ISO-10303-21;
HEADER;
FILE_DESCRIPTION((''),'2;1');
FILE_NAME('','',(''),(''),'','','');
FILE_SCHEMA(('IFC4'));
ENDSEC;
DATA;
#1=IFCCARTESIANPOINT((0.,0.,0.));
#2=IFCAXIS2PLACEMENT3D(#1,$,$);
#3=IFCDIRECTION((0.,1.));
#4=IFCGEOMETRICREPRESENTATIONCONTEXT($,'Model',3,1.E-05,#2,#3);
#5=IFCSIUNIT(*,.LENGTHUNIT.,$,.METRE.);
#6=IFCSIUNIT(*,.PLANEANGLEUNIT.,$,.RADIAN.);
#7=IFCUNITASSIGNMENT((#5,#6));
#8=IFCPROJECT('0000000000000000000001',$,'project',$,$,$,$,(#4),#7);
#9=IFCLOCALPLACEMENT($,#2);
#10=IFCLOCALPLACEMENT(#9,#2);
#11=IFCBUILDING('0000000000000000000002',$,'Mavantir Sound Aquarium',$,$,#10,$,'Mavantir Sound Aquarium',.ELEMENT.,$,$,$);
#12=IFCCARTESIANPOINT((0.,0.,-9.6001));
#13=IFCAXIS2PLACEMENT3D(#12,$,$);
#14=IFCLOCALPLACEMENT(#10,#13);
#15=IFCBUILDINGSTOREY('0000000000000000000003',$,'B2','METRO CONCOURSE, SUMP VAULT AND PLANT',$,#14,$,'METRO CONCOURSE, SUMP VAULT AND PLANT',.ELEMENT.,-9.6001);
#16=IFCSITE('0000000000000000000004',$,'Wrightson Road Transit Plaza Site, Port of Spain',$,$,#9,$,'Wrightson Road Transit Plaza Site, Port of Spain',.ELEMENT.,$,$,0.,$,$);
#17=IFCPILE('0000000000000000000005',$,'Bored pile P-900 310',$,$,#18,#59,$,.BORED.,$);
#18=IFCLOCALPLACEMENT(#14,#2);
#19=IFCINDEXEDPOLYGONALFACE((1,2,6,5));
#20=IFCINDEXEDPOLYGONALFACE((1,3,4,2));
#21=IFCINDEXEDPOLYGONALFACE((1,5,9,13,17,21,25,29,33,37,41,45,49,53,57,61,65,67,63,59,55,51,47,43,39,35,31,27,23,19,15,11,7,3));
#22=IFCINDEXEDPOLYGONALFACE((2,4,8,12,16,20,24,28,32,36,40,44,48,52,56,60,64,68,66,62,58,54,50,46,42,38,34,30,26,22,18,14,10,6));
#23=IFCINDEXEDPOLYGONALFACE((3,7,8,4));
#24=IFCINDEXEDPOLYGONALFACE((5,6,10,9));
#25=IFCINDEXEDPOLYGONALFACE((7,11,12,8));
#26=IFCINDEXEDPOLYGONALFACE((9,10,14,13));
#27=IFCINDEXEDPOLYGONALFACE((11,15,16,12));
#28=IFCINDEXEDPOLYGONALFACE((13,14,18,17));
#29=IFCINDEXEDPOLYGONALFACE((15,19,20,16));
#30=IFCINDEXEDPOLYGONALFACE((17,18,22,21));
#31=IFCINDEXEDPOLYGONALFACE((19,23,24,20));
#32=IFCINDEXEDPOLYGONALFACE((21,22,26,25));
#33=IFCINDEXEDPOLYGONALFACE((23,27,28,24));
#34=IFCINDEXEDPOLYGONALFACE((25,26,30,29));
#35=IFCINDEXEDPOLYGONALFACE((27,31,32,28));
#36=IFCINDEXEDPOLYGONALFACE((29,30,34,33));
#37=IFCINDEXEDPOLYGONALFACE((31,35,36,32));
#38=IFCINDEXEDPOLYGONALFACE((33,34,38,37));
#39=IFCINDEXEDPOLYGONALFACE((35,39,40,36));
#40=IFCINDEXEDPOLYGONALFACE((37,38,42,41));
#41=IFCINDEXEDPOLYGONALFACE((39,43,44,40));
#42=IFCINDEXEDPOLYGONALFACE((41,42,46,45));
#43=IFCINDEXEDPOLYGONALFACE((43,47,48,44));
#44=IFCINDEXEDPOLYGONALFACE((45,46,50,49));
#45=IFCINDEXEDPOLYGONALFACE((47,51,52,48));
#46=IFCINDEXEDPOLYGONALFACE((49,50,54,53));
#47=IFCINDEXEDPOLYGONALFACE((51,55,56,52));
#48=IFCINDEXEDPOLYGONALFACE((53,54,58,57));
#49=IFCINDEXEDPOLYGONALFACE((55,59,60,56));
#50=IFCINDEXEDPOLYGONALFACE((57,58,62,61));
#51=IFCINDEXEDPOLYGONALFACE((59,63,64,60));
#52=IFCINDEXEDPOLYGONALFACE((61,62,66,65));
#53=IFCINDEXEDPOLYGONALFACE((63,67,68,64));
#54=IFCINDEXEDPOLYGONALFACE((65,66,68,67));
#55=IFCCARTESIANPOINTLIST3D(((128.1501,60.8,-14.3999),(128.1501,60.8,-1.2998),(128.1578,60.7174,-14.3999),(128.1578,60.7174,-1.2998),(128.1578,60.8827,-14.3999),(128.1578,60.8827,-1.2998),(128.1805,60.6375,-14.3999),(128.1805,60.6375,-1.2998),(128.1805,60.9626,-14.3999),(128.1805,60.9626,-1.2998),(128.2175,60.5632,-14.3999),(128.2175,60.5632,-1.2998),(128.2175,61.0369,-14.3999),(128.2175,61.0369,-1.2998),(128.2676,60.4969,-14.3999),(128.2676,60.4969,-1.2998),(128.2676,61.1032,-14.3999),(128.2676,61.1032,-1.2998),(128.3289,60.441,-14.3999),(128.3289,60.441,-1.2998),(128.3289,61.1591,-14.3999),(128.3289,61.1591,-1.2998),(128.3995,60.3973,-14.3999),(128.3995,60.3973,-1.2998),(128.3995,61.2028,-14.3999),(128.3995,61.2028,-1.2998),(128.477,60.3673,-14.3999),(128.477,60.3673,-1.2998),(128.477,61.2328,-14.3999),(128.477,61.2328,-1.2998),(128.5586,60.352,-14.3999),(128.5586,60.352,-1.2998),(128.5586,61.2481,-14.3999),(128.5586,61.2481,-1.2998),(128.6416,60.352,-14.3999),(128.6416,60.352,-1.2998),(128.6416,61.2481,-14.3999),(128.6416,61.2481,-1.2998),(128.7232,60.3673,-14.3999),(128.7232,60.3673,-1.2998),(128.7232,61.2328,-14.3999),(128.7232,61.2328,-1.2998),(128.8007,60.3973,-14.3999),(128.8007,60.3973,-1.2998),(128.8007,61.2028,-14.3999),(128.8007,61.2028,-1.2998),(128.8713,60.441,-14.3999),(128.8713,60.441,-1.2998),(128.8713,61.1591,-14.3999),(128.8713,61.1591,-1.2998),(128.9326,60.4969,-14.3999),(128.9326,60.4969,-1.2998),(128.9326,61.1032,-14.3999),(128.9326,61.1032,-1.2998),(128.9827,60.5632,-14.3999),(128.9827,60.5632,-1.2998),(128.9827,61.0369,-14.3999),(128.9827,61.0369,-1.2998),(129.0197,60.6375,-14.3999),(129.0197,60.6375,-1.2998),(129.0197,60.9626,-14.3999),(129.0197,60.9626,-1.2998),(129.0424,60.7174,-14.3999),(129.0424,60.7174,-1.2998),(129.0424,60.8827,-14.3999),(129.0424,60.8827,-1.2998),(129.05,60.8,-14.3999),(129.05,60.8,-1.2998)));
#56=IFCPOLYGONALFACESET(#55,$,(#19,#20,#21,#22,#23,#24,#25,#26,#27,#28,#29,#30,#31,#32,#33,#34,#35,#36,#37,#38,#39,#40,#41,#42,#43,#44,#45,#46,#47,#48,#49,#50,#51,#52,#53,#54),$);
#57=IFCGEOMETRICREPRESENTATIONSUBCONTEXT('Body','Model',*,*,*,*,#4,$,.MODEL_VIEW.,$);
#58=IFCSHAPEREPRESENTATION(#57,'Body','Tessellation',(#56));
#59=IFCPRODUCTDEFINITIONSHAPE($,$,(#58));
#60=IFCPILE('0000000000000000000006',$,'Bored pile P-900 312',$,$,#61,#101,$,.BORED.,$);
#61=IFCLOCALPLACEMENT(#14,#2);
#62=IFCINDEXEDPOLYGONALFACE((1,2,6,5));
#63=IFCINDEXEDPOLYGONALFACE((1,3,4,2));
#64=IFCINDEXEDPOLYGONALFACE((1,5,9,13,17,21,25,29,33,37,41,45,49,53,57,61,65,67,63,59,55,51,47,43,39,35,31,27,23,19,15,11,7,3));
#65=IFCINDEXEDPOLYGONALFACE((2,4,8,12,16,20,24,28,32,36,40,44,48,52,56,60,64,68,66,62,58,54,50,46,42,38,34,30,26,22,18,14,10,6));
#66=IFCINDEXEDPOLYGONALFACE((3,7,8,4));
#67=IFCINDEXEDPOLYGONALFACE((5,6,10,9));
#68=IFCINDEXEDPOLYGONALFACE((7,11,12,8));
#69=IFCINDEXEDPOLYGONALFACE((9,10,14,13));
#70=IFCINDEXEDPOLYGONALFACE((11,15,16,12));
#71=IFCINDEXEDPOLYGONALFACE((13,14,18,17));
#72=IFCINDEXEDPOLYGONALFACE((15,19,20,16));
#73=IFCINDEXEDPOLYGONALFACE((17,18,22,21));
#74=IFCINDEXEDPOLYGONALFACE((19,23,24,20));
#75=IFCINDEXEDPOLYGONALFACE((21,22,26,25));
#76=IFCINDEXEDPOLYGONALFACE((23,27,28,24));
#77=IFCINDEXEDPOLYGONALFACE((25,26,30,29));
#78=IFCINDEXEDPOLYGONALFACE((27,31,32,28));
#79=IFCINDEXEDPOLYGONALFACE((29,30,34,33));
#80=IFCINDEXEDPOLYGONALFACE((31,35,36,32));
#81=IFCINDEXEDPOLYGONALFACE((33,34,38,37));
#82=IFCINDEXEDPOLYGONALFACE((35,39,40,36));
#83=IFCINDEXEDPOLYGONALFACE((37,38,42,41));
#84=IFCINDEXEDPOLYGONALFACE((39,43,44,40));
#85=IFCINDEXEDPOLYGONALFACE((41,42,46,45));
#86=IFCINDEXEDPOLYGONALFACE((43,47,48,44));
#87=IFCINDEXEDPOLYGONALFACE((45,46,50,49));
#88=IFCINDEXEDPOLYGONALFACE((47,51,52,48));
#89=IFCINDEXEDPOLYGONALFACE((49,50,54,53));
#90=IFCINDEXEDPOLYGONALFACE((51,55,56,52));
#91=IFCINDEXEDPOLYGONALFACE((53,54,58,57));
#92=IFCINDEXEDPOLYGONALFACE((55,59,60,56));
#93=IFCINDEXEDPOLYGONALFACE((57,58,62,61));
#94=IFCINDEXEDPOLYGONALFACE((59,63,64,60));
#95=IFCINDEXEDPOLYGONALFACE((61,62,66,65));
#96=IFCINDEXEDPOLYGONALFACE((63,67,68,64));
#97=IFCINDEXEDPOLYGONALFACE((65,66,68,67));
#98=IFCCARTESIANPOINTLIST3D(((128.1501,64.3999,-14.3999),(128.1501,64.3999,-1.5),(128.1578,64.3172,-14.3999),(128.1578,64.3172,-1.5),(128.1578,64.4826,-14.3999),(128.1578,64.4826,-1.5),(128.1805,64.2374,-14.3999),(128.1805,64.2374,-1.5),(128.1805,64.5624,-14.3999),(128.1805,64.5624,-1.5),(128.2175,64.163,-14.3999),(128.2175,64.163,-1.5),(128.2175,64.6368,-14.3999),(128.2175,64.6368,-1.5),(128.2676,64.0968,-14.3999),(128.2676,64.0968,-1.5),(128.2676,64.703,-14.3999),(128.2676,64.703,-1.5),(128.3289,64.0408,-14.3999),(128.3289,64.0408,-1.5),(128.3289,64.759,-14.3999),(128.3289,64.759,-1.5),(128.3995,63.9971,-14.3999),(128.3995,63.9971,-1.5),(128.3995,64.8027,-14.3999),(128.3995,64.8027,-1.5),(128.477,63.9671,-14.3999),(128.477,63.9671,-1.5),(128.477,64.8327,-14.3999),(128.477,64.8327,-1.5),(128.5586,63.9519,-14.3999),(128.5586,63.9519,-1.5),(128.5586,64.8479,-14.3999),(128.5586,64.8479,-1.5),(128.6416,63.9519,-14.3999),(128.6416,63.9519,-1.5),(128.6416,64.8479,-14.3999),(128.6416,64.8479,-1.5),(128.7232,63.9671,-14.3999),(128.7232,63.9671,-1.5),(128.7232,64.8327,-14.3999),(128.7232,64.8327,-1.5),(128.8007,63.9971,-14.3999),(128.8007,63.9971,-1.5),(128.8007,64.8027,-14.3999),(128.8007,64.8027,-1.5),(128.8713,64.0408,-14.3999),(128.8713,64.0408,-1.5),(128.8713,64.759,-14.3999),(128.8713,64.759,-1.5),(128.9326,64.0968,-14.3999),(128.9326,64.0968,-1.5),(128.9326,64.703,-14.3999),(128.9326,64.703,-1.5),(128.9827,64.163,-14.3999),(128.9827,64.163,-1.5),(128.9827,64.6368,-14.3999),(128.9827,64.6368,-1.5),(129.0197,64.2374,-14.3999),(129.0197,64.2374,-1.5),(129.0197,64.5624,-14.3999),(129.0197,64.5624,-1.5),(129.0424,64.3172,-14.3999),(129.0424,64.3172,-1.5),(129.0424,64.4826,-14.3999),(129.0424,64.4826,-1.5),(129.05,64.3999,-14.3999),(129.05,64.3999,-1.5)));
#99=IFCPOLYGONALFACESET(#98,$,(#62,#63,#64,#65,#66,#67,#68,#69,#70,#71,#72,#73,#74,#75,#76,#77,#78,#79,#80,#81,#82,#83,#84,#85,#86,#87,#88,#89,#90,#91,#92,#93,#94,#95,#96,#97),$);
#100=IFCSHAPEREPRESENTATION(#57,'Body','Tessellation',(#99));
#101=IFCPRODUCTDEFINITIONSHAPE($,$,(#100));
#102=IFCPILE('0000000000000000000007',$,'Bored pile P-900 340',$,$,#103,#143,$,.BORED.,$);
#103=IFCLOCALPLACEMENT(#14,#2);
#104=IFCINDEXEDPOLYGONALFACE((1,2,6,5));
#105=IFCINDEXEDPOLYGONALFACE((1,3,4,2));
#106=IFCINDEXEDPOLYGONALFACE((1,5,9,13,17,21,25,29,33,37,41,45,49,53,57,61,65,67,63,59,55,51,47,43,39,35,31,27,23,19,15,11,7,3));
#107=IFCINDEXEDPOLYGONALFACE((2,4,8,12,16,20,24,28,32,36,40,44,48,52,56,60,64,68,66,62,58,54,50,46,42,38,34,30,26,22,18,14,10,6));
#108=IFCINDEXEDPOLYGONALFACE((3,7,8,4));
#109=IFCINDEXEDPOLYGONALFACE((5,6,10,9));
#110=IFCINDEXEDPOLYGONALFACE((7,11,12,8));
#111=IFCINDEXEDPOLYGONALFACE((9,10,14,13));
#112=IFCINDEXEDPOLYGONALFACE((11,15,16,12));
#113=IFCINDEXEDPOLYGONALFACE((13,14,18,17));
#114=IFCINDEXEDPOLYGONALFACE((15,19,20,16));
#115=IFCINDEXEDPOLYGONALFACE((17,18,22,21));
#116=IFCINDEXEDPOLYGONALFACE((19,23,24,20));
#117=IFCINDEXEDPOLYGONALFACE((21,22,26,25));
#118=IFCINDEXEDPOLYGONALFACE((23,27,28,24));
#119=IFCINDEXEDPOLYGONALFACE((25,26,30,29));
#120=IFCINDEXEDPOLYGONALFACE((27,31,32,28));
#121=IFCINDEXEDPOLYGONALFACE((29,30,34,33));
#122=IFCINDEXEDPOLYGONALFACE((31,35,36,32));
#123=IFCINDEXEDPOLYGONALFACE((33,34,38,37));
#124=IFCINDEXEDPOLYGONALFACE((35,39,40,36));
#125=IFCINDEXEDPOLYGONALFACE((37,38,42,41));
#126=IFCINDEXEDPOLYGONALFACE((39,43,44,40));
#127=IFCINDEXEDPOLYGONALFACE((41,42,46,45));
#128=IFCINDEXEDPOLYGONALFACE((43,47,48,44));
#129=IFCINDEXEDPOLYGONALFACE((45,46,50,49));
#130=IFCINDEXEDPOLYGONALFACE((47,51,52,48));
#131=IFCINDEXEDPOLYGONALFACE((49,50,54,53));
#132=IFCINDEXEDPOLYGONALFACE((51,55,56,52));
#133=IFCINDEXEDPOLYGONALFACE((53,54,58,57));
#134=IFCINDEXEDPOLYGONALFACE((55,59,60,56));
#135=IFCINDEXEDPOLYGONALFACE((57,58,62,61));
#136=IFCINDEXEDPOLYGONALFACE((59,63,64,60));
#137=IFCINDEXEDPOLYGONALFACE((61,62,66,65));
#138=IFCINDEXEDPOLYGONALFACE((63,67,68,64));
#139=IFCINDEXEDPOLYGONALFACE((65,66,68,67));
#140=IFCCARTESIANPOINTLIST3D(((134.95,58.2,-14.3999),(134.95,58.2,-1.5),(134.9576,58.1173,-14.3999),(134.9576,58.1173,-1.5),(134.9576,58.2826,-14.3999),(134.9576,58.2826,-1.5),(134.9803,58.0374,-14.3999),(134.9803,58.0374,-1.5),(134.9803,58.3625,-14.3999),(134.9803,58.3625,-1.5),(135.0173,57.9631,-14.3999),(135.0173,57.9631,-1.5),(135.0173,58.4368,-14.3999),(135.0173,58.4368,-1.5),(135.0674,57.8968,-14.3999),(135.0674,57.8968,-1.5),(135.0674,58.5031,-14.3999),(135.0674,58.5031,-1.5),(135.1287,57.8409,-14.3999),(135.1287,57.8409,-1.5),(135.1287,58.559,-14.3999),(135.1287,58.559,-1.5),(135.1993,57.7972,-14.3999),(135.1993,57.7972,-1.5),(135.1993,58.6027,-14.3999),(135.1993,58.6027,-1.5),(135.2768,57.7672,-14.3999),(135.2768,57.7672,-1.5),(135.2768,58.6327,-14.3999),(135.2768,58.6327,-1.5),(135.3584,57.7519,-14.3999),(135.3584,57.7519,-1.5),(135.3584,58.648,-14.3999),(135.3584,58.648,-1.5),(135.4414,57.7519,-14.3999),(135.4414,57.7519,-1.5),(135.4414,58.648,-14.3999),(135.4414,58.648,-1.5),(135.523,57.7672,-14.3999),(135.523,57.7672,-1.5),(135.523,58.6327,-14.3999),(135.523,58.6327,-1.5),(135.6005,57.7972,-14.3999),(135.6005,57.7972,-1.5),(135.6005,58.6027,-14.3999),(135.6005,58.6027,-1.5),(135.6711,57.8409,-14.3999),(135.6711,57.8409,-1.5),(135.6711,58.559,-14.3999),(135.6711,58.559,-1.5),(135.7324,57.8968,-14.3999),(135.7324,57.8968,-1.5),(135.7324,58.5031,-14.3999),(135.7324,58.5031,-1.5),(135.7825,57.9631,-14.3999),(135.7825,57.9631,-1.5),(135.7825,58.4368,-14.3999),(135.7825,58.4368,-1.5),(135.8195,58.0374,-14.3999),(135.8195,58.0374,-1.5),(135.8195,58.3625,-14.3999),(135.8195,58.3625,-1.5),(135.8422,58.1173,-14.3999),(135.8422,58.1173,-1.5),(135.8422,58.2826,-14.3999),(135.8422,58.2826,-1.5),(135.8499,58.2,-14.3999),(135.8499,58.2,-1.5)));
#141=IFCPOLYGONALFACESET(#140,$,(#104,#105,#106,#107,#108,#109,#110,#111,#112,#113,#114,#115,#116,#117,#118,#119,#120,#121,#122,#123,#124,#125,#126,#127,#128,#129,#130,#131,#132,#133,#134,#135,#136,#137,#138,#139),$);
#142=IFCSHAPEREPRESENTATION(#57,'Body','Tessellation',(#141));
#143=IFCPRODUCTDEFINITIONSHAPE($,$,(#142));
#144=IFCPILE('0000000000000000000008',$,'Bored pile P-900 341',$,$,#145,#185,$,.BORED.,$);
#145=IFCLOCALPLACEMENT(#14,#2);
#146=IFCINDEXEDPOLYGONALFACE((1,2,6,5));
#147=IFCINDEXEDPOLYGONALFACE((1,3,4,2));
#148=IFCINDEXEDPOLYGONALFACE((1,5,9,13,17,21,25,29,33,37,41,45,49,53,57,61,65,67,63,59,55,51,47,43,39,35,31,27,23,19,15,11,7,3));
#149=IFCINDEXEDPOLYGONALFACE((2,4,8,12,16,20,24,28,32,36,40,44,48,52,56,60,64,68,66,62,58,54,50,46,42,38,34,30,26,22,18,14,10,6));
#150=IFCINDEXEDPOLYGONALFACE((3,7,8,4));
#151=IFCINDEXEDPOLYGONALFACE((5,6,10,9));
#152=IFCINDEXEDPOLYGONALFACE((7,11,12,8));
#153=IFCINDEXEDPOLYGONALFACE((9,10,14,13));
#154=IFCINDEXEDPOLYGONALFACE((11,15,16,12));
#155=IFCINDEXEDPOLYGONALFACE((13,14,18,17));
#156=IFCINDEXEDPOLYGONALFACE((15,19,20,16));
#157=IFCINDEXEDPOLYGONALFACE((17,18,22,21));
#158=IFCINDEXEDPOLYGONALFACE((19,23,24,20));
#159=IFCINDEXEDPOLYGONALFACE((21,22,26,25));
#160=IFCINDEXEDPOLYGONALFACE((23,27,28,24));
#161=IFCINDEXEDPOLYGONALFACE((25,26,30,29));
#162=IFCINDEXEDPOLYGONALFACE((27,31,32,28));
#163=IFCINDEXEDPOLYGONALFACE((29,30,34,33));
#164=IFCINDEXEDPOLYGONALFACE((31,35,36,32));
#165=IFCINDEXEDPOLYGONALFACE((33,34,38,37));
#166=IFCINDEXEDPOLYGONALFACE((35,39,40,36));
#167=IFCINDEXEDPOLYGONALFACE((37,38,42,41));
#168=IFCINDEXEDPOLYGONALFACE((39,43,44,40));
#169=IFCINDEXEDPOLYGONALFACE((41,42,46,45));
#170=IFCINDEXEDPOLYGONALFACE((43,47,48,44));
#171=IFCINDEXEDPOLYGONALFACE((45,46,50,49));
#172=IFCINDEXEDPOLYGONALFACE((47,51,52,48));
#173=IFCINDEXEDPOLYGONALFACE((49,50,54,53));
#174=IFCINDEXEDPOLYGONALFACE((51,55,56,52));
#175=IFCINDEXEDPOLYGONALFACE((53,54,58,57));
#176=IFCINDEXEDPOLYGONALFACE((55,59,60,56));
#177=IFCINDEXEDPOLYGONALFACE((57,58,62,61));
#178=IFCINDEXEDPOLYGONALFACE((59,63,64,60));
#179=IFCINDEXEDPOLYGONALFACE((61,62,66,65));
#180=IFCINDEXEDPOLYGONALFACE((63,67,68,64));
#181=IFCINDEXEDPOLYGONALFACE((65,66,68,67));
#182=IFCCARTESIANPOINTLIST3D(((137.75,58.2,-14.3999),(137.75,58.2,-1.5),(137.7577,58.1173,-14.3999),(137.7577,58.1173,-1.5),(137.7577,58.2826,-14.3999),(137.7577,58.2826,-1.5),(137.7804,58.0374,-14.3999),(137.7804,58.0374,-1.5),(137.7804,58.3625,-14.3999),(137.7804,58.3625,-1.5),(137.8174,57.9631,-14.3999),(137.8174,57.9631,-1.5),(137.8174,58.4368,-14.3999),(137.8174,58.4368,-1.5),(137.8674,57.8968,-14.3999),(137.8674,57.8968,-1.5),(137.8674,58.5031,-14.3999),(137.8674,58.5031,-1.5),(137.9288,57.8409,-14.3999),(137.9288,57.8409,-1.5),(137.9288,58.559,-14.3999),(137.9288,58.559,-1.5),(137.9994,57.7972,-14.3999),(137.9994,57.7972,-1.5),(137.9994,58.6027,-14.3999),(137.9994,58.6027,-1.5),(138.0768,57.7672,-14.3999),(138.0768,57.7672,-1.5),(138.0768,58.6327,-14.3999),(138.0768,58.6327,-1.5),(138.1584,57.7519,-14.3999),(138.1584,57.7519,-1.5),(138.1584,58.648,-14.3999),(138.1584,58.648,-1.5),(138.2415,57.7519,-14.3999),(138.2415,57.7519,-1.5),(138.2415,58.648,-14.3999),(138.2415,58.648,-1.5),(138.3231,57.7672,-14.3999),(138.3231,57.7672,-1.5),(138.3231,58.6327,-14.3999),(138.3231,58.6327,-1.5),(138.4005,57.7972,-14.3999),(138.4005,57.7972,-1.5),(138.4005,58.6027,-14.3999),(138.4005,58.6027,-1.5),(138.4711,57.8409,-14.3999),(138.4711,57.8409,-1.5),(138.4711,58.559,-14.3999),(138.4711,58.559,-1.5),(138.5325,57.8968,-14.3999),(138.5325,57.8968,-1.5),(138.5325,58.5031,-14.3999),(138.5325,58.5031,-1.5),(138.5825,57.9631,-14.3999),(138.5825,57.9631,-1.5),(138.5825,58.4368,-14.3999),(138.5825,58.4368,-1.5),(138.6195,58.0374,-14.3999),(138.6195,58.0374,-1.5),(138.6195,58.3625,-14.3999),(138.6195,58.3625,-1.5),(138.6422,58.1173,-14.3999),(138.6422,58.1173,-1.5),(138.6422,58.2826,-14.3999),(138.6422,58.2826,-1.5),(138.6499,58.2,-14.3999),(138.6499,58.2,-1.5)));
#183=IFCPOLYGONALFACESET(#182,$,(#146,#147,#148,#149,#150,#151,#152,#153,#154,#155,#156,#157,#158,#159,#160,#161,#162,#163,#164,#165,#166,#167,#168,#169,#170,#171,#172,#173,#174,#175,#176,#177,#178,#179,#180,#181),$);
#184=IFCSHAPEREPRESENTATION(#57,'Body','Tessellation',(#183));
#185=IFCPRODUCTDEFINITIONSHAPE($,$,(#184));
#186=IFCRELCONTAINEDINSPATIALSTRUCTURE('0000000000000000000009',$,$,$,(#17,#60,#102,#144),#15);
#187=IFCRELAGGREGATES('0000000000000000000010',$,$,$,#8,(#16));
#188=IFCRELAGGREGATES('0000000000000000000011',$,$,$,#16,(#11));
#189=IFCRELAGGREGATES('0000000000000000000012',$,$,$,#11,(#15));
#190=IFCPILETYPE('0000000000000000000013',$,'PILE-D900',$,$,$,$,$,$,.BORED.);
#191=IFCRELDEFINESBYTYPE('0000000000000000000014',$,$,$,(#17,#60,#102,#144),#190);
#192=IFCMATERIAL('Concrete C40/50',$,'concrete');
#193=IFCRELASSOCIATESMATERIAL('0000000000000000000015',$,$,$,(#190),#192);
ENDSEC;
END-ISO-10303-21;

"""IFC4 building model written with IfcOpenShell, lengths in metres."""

from ifc_helpers import new_model, si_unit, direction, frame, origin, origin_2d, place, context, subcontext, project, spatial, circle, extrude, material, material_profile, profile_set, type_object, element, save


model = new_model("IFC4")

# Units and contexts
model_context = context("Model", 3, precision=1e-05, world=origin(), true_north=direction((0.0, 1.0)))
body_context = subcontext(model_context, "Body", "Model", "MODEL_VIEW")
ifc_project = project(units=[si_unit("LENGTHUNIT", "METRE"), si_unit("PLANEANGLEUNIT", "RADIAN")], contexts=[model_context])

# Site, building, storey
site_placement = place(None, origin())
site = spatial("IfcSite", under=ifc_project, at=site_placement, Name="Wrightson Road Transit Plaza Site, Port of Spain", LongName="Wrightson Road Transit Plaza Site, Port of Spain", CompositionType="ELEMENT", RefElevation=0.0)
building_placement = place(site_placement, origin())
building = spatial("IfcBuilding", under=site, at=building_placement, Name="Mavantir Sound Aquarium", LongName="Mavantir Sound Aquarium", CompositionType="ELEMENT")
storey_placement = place(building_placement, frame((0.0, 0.0, -9.6001)))
storey = spatial("IfcBuildingStorey", under=building, at=storey_placement, Name="B2", Description="METRO CONCOURSE, SUMP VAULT AND PLANT", LongName="METRO CONCOURSE, SUMP VAULT AND PLANT", CompositionType="ELEMENT", Elevation=-9.6001)

# Shared definitions
ifc_material = material(Name="Concrete C40/50", Category="concrete")

# Piles
ifc_material_profile_1 = material_profile(ifc_material, circle(Radius=0.45, at=origin_2d()), Name="PILE D900")
ifc_profile_set_1 = profile_set([ifc_material_profile_1], Name="Concrete C40/50")
pile_type = type_object("IfcPileType", Name="PILE-D900", PredefinedType="BORED", material=ifc_profile_set_1)
pile_1_placement = place(storey_placement, frame((128.6001, 60.8, -1.2998), z_axis=(0.0, 0.0, -1.0), x_axis=(1.0, 0.0, 0.0)))
element("IfcPile", 1, at=pile_1_placement, inside=storey, type_object=pile_type, Name="Bored pile P-900 310", PredefinedType="BORED", context=body_context, shape_type="SweptSolid", body=[
    extrude(circle(Radius=0.45, at=origin_2d()), origin(), (0.0, 0.0, 1.0), 13.1001),
])
for number, where, z_axis, x_axis, name in (
    (2, (128.6001, 64.3999, -1.5), (0.0, 0.0, -1.0), (1.0, 0.0, 0.0), "Bored pile P-900 312"),
    (3, (135.3999, 58.2, -1.5), (0.0, 0.0, -1.0), (1.0, 0.0, 0.0), "Bored pile P-900 340"),
    (4, (138.2, 58.2, -1.5), (0.0, 0.0, -1.0), (1.0, 0.0, 0.0), "Bored pile P-900 341"),
):
    element("IfcPile", number, at=place(storey_placement, frame(where, z_axis=z_axis, x_axis=x_axis)), inside=storey, type_object=pile_type, Name=name, PredefinedType="BORED", context=body_context, shape_type="SweptSolid", body=[
        extrude(circle(Radius=0.45, at=origin_2d()), origin(), (0.0, 0.0, 1.0), 12.8999),
    ])

save(model, "model.ifc")
